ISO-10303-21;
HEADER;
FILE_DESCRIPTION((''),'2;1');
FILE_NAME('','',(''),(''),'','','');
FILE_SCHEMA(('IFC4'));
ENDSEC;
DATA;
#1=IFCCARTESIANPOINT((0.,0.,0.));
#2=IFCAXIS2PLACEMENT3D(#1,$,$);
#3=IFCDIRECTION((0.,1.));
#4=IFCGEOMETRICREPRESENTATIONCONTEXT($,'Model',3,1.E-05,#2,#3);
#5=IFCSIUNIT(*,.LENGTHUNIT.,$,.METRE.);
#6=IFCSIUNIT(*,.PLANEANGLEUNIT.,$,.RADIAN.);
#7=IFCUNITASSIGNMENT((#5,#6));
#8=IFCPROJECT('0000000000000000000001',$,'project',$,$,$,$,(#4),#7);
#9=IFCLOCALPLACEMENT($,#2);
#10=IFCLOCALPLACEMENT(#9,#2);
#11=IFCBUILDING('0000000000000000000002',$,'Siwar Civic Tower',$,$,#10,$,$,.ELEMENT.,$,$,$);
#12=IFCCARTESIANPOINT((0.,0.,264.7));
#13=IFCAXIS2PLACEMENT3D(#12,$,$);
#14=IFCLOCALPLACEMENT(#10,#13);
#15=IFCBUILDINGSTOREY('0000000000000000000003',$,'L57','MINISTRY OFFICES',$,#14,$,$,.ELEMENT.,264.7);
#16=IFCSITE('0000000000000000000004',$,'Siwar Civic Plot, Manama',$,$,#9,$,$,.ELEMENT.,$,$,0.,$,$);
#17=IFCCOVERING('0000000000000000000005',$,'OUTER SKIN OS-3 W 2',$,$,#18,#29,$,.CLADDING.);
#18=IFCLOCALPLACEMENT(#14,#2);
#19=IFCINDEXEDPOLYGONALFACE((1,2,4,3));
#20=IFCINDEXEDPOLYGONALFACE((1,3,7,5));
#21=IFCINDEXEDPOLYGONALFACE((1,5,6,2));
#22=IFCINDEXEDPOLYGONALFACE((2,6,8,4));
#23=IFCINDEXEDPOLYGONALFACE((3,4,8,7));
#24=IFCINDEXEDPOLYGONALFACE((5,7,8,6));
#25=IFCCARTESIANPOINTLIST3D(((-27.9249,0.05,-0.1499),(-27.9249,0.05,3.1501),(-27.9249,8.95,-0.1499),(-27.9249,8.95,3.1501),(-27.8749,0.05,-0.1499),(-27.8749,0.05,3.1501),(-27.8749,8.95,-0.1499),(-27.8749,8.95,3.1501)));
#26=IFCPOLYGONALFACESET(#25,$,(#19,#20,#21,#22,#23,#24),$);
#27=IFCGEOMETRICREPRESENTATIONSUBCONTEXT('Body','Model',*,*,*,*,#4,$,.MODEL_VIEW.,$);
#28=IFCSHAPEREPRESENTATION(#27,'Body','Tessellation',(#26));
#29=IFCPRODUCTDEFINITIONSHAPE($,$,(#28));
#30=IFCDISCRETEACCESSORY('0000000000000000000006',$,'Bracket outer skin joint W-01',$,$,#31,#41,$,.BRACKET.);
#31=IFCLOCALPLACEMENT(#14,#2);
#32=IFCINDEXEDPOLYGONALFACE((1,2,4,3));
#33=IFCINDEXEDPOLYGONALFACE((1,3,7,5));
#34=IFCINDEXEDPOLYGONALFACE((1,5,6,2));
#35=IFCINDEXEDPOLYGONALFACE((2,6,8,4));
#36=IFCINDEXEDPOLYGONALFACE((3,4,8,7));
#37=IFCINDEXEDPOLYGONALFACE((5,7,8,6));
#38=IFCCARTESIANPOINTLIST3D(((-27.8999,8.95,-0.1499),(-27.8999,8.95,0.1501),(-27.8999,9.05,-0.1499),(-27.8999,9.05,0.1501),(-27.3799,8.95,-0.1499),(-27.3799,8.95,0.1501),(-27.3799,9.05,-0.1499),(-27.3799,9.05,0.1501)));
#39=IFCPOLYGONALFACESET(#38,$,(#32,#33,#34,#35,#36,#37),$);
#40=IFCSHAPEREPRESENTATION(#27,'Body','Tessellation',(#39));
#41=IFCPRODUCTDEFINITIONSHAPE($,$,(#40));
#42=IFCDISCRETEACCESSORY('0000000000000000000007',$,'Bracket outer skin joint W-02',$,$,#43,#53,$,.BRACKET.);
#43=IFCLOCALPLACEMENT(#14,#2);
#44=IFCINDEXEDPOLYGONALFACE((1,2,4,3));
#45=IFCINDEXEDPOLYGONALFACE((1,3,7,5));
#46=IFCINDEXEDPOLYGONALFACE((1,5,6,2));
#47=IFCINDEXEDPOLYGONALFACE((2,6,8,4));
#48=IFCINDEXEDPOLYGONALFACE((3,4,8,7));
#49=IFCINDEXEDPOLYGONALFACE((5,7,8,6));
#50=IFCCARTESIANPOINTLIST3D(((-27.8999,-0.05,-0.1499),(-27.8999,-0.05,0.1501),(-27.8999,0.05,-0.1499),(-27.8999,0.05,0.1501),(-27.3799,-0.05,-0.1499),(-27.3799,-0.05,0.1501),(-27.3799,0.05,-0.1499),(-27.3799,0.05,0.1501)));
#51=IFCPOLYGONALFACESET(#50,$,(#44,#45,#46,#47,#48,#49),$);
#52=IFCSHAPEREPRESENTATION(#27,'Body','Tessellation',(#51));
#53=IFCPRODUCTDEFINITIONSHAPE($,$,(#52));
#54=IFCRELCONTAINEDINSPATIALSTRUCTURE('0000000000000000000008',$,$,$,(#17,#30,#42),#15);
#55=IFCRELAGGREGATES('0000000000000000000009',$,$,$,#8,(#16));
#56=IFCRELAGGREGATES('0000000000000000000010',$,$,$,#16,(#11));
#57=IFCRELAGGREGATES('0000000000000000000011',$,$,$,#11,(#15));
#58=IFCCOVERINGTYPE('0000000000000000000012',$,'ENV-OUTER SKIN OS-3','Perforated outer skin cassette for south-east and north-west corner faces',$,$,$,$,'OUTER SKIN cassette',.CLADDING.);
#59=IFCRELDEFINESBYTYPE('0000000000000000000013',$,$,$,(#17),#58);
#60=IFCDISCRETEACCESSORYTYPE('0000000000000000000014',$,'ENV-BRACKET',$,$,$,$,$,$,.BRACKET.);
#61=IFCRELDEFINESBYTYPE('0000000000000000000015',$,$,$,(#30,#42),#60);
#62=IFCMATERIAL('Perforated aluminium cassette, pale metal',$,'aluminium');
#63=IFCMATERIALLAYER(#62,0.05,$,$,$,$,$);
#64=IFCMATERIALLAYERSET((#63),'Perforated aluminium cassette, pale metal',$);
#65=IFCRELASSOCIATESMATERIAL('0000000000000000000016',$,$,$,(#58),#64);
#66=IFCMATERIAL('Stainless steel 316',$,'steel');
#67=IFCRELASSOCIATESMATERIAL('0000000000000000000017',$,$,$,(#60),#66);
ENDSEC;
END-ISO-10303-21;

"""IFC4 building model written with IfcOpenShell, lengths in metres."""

from ifc_helpers import new_model, si_unit, direction, frame, origin, origin_2d, place, context, subcontext, project, spatial, rectangle, extrude, material, layer, layer_set, type_object, element, save


model = new_model("IFC4")

# Units and contexts
model_context = context("Model", 3, precision=1e-05, world=origin(), true_north=direction((0.0, 1.0)))
body_context = subcontext(model_context, "Body", "Model", "MODEL_VIEW")
ifc_project = project(units=[si_unit("LENGTHUNIT", "METRE"), si_unit("PLANEANGLEUNIT", "RADIAN")], contexts=[model_context])

# Site, building, storey
site_placement = place(None, origin())
site = spatial("IfcSite", under=ifc_project, at=site_placement, Name="Siwar Civic Plot, Manama", CompositionType="ELEMENT", RefElevation=0.0)
building_placement = place(site_placement, origin())
building = spatial("IfcBuilding", under=site, at=building_placement, Name="Siwar Civic Tower", CompositionType="ELEMENT")
storey_placement = place(building_placement, frame((0.0, 0.0, 264.7)))
storey = spatial("IfcBuildingStorey", under=building, at=storey_placement, Name="L57", Description="MINISTRY OFFICES", CompositionType="ELEMENT", Elevation=264.7)

# Covering
ifc_material_1 = material(Name="Perforated aluminium cassette, pale metal", Category="aluminium")
ifc_layer_1 = layer(ifc_material_1, 0.05)
ifc_layer_set_1 = layer_set([ifc_layer_1], Name="Perforated aluminium cassette, pale metal")
covering_type = type_object("IfcCoveringType", Name="ENV-OUTER SKIN OS-3", Description="Perforated outer skin cassette for south-east and north-west corner faces", ElementType="OUTER SKIN cassette", PredefinedType="CLADDING", material=ifc_layer_set_1)
covering_1_placement = place(storey_placement, frame((-27.8999, 4.5, -0.1499), z_axis=(0.0, 0.0, 1.0), x_axis=(0.0, -1.0, 0.0)))
element("IfcCovering", 1, at=covering_1_placement, inside=storey, type_object=covering_type, Name="OUTER SKIN OS-3 W 2", PredefinedType="CLADDING", context=body_context, shape_type="SweptSolid", body=[
    extrude(rectangle(XDim=8.8999, YDim=0.05, at=origin_2d()), origin(), (0.0, 0.0, 1.0), 3.3),
])

# Discrete accessories
ifc_material_2 = material(Name="Stainless steel 316", Category="steel")
discrete_accessory_type = type_object("IfcDiscreteAccessoryType", Name="ENV-BRACKET", PredefinedType="BRACKET", material=ifc_material_2)
for number, where, z_axis, x_axis, name in (
    (2, (-27.6399, 9.0, -0.1499), (0.0, 0.0, 1.0), (-1.0, 0.0, 0.0), "Bracket outer skin joint W-01"),
    (3, (-27.6399, 0.0, -0.1499), (0.0, 0.0, 1.0), (-1.0, 0.0, 0.0), "Bracket outer skin joint W-02"),
):
    element("IfcDiscreteAccessory", number, at=place(storey_placement, frame(where, z_axis=z_axis, x_axis=x_axis)), inside=storey, type_object=discrete_accessory_type, Name=name, PredefinedType="BRACKET", context=body_context, shape_type="SweptSolid", body=[
        extrude(rectangle(XDim=0.52, YDim=0.1001, at=origin_2d()), origin(), (0.0, 0.0, 1.0), 0.3),
    ])

save(model, "model.ifc")
